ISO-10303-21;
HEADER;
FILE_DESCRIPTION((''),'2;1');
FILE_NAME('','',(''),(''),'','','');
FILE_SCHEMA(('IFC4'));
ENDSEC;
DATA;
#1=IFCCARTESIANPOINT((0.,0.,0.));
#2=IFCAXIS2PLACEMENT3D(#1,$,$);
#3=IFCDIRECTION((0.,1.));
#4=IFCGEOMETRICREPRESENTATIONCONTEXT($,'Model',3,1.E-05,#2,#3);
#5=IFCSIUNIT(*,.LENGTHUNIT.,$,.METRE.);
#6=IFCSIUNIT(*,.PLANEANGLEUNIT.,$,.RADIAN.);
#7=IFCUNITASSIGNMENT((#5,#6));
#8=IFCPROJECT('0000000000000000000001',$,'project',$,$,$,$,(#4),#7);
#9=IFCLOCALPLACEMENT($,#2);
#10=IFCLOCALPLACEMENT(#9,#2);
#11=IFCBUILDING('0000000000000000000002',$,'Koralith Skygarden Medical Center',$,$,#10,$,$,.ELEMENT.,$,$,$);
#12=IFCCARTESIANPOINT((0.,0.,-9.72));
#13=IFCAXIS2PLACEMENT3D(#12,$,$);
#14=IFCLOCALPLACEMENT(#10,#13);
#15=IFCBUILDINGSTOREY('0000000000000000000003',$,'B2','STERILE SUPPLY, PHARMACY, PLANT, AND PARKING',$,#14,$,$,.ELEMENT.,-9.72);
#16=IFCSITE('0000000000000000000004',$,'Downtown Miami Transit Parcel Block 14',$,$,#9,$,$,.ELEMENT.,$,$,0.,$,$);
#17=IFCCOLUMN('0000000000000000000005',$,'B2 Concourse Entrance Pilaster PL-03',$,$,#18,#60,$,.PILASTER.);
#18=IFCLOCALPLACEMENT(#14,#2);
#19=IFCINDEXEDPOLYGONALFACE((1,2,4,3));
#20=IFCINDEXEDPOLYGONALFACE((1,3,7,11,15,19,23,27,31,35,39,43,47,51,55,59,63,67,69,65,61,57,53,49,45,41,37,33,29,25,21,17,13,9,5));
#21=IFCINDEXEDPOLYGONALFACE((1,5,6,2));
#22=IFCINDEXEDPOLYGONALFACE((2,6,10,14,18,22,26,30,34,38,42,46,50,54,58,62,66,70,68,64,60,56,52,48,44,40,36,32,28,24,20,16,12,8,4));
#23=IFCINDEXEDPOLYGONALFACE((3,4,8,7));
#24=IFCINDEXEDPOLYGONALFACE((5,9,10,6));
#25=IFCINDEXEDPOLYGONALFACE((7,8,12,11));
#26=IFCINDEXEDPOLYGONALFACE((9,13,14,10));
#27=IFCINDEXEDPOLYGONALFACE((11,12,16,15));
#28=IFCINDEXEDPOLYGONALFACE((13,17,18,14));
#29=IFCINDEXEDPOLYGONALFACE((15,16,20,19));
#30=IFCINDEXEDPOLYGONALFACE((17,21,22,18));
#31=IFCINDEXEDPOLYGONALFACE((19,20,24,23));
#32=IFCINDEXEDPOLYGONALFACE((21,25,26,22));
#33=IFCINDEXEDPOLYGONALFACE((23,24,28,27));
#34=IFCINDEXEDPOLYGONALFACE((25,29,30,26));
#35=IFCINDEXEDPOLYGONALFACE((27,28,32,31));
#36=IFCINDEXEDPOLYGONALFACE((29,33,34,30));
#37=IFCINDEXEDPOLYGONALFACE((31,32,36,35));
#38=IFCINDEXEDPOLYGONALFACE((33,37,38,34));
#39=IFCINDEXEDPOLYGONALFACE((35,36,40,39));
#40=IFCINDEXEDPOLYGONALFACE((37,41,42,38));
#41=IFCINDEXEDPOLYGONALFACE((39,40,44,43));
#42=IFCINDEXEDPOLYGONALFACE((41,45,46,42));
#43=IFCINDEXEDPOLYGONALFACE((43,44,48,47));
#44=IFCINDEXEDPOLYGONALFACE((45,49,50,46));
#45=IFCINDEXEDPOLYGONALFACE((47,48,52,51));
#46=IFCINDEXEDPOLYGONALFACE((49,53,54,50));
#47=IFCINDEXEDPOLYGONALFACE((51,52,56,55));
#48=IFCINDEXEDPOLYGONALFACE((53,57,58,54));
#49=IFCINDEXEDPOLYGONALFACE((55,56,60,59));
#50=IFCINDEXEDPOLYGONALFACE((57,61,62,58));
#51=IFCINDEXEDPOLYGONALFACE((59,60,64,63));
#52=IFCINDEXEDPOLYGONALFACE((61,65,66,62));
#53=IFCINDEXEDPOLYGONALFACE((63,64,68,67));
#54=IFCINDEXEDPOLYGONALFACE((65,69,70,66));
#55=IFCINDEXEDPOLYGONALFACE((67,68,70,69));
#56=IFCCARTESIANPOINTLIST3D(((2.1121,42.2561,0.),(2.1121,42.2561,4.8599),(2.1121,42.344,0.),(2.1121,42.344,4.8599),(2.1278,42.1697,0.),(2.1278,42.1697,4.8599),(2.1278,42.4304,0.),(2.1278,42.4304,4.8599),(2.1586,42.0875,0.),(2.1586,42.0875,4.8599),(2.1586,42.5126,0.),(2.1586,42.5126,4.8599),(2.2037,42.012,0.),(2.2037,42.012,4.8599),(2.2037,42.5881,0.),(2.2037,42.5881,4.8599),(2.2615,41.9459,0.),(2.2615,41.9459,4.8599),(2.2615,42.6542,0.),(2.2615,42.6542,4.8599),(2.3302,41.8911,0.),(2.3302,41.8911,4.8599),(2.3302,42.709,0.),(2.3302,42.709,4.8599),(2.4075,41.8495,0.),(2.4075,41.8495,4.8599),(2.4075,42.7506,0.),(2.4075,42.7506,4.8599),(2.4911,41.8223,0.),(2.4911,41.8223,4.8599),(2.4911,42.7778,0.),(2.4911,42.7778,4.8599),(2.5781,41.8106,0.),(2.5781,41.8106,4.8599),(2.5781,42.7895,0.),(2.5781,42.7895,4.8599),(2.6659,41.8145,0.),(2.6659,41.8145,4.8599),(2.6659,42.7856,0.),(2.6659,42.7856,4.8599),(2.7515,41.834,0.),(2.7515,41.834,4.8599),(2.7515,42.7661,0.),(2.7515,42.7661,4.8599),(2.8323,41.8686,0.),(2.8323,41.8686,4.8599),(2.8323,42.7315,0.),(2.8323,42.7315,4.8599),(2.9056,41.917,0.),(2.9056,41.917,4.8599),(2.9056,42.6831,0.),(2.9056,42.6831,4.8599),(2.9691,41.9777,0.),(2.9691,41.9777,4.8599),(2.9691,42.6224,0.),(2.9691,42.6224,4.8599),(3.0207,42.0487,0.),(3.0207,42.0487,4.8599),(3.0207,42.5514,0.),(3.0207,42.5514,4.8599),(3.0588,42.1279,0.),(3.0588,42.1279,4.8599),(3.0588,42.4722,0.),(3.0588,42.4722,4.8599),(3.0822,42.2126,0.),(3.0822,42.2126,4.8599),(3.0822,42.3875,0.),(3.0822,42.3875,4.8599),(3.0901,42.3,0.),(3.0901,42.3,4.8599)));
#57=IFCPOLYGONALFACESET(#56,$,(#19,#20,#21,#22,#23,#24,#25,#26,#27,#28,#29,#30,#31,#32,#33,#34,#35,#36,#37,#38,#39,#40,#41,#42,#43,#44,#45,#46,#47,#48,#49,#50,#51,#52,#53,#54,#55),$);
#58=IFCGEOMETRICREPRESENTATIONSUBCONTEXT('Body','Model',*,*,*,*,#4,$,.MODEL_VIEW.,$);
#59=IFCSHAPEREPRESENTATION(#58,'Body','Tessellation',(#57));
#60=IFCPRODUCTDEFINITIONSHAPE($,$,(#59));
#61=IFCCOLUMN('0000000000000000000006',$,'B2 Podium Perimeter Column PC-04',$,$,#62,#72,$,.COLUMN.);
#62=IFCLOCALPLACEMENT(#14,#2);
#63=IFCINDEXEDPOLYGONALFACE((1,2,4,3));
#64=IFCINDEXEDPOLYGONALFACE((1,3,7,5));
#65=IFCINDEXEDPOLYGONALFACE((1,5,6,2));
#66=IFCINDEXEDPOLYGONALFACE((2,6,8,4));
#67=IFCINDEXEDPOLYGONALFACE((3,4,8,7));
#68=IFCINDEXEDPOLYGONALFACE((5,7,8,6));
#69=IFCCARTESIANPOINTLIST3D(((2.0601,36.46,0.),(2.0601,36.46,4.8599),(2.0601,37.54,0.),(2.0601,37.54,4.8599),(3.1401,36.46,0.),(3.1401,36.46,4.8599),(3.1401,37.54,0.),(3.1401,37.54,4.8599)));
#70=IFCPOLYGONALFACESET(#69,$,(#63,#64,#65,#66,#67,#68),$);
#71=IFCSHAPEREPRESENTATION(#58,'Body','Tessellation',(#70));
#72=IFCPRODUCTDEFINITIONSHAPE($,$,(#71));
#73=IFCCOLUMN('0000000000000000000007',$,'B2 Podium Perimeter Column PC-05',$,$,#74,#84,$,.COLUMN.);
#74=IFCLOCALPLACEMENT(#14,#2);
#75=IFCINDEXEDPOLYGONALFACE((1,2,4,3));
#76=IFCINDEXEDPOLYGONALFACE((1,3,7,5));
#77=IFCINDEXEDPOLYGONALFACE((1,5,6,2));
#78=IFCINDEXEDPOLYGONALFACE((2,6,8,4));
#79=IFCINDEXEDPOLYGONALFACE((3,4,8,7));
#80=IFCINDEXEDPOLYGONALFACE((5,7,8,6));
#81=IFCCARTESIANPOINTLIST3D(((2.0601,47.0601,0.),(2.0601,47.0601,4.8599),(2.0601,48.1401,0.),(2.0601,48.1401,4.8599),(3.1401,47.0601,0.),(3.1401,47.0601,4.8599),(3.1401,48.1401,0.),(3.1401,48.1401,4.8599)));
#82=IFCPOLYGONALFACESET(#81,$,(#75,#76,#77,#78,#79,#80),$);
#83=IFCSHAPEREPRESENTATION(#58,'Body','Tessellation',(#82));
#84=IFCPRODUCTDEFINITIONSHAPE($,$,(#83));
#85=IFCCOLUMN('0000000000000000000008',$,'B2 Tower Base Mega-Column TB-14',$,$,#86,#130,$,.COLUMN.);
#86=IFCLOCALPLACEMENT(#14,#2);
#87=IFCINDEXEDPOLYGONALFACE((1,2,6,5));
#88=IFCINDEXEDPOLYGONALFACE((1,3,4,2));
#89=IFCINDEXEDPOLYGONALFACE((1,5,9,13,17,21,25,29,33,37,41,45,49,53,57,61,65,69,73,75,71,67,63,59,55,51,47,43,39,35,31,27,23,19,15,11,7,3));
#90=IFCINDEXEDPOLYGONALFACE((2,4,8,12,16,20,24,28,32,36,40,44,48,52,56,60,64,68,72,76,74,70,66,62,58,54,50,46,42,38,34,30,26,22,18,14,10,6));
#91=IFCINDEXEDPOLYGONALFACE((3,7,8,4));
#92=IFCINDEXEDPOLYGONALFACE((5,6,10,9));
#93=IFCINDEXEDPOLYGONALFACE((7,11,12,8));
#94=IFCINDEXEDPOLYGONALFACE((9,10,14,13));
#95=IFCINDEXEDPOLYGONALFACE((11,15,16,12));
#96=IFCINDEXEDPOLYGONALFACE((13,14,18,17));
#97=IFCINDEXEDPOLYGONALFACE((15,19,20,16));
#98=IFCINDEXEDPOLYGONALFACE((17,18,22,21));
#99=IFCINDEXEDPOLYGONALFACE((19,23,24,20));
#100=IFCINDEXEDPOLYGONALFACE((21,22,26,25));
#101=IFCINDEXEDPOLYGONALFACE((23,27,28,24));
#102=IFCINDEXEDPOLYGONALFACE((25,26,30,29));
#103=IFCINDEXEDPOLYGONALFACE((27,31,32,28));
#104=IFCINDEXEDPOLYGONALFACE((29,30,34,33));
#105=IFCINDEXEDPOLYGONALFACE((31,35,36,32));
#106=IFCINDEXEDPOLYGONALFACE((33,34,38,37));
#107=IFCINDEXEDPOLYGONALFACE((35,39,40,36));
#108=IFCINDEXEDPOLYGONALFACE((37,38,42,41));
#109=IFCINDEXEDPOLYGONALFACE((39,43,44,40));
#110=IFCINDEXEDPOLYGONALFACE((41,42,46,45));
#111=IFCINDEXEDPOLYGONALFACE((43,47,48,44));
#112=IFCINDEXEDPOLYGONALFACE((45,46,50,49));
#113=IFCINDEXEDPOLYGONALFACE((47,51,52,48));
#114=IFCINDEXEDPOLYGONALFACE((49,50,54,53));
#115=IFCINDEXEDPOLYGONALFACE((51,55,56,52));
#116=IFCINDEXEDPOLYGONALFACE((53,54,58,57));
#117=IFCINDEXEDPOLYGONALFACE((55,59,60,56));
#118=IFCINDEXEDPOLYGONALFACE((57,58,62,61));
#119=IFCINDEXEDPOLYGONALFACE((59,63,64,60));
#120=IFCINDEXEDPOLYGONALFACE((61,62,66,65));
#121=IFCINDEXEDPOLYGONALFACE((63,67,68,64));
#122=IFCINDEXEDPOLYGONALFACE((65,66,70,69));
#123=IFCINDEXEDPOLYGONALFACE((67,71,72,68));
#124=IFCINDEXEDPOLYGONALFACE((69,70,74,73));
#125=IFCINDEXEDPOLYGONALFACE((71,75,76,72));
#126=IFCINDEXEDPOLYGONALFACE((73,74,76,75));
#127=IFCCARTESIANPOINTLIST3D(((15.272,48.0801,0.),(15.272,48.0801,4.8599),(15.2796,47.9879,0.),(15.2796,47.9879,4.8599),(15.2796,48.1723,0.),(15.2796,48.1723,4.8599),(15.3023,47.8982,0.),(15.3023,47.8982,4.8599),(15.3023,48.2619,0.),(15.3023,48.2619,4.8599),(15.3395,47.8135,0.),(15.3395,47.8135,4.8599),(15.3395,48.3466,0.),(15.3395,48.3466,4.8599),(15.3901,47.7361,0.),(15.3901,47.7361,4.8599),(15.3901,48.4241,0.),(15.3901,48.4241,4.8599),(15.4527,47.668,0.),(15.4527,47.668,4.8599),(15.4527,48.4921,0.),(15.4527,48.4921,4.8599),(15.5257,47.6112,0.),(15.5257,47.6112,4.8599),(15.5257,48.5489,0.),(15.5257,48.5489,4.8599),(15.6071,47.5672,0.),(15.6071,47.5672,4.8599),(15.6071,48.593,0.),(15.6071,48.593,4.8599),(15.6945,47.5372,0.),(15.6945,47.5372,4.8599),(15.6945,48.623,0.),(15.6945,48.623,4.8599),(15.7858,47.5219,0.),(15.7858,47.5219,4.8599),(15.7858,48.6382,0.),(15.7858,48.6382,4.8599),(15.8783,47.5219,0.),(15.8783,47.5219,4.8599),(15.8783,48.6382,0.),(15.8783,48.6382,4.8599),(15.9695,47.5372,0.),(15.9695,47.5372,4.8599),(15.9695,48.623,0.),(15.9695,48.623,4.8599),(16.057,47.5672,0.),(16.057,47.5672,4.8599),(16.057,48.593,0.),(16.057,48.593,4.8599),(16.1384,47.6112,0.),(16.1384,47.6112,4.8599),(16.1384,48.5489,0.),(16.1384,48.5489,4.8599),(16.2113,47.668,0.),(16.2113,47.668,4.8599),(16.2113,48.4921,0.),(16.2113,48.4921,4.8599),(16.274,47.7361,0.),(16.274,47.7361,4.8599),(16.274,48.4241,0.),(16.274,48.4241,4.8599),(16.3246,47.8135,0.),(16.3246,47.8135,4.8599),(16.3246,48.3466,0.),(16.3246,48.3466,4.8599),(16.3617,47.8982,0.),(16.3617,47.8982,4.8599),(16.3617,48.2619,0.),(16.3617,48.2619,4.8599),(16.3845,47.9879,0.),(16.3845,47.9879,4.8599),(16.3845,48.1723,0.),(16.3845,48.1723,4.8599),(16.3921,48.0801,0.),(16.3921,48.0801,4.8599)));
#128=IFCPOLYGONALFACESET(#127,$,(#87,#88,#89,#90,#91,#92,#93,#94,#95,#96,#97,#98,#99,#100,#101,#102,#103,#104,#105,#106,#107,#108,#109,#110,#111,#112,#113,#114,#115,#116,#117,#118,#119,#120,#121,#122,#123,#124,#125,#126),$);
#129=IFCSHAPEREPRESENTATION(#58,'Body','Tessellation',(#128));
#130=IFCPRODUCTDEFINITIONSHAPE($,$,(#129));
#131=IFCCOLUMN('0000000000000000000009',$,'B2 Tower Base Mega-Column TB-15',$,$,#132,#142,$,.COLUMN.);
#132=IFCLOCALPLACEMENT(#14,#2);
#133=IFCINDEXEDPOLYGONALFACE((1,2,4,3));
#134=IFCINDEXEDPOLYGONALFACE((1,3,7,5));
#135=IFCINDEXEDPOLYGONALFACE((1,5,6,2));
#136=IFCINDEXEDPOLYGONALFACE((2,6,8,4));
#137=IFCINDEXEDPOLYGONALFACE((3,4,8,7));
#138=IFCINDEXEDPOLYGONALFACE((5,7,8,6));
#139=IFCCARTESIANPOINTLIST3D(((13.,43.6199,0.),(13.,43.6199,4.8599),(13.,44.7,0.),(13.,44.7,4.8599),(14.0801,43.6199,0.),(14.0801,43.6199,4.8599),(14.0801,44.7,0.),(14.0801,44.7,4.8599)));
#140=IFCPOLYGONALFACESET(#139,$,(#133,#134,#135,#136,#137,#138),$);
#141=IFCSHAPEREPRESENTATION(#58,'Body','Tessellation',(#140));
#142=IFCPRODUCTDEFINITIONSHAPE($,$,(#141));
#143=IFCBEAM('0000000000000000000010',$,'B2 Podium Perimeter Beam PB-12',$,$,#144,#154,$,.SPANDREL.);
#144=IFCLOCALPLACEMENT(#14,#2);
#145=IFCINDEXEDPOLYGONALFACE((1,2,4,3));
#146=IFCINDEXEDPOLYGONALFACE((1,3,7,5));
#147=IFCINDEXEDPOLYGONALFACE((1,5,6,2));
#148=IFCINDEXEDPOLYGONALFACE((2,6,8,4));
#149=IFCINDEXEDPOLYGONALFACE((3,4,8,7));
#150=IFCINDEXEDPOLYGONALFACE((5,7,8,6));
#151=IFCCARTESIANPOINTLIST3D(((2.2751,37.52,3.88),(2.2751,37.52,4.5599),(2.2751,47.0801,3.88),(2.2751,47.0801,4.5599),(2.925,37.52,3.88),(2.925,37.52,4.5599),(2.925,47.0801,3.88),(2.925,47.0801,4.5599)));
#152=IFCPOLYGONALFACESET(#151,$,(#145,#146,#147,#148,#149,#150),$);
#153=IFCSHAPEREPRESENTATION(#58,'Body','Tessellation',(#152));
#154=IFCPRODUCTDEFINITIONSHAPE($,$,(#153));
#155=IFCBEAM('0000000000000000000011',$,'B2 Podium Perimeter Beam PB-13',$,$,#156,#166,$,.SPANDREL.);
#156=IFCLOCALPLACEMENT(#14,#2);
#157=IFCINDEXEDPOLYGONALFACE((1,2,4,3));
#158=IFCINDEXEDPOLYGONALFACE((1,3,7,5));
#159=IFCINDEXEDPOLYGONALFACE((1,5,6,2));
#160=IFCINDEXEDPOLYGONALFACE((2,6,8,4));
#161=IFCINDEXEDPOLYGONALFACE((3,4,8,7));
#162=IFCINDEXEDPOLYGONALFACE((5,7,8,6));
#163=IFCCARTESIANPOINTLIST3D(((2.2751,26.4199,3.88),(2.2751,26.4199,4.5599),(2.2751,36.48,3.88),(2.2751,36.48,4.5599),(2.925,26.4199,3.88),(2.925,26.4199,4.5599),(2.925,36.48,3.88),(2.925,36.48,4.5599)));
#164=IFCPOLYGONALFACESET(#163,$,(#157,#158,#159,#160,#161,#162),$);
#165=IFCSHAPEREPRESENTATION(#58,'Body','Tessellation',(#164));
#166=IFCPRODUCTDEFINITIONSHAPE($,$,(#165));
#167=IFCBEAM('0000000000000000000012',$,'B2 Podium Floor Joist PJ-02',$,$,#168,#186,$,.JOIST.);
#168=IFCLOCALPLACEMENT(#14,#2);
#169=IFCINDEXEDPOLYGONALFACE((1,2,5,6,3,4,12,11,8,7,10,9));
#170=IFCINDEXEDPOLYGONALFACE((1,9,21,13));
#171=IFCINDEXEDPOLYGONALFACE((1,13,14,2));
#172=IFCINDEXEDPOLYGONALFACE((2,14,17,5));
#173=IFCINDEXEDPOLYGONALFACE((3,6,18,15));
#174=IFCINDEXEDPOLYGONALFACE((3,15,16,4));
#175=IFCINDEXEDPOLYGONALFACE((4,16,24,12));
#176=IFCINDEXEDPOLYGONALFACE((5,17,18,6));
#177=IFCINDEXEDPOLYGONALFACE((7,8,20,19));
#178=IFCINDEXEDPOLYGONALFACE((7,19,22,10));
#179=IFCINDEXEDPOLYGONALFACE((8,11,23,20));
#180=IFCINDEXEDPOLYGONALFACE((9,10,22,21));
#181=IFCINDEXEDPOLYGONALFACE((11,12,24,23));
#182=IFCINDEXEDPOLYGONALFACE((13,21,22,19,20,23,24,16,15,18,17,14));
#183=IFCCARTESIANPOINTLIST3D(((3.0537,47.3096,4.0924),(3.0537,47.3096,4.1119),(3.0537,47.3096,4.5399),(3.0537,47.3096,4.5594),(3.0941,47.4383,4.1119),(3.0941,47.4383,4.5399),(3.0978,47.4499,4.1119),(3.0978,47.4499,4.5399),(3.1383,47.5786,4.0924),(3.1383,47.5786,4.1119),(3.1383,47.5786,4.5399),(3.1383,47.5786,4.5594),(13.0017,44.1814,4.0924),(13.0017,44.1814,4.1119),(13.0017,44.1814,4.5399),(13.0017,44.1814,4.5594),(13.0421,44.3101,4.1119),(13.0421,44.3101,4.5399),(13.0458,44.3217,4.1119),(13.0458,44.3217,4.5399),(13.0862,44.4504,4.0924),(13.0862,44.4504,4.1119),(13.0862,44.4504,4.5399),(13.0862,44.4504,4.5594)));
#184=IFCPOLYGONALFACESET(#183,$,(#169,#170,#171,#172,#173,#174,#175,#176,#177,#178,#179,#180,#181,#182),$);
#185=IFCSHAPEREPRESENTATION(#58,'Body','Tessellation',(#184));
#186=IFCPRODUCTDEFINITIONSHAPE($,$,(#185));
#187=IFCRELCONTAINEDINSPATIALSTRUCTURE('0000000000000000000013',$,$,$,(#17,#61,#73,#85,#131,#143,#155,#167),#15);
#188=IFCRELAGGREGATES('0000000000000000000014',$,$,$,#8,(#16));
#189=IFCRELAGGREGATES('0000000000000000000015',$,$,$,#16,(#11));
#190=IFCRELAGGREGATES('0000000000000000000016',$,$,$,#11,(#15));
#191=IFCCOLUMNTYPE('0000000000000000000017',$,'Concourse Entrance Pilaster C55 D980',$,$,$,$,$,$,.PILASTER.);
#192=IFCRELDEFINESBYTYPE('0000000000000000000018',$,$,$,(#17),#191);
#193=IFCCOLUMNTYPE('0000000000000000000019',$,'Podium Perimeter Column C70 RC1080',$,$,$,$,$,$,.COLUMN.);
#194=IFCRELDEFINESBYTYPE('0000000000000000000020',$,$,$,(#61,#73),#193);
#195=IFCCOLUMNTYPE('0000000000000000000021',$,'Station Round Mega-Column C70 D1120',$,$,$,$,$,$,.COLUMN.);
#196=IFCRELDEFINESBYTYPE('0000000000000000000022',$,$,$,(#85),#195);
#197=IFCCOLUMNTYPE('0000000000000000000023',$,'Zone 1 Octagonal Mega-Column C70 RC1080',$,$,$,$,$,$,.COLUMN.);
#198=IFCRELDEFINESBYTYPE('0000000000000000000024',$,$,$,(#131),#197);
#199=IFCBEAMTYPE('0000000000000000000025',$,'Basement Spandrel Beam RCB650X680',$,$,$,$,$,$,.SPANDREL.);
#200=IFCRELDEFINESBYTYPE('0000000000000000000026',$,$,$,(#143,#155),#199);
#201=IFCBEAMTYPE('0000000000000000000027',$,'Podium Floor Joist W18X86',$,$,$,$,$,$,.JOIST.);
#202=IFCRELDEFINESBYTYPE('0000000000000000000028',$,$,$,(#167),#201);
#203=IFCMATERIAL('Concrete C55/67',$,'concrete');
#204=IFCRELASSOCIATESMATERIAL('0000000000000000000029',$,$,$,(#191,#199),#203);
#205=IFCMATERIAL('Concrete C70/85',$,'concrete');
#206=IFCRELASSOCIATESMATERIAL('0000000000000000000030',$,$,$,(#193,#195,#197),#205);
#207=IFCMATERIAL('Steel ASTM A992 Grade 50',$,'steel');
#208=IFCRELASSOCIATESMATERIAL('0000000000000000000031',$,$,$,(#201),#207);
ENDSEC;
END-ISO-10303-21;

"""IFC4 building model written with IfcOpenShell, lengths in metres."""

from ifc_helpers import new_model, si_unit, direction, frame, origin, origin_2d, place, context, subcontext, project, spatial, rectangle, circle, i_section, extrude, material, material_profile, profile_set, type_object, element, save


model = new_model("IFC4")

# Units and contexts
model_context = context("Model", 3, precision=1e-05, world=origin(), true_north=direction((0.0, 1.0)))
body_context = subcontext(model_context, "Body", "Model", "MODEL_VIEW")
ifc_project = project(units=[si_unit("LENGTHUNIT", "METRE"), si_unit("PLANEANGLEUNIT", "RADIAN")], contexts=[model_context])

# Site, building, storey
site_placement = place(None, origin())
site = spatial("IfcSite", under=ifc_project, at=site_placement, Name="Downtown Miami Transit Parcel Block 14", CompositionType="ELEMENT", RefElevation=0.0)
building_placement = place(site_placement, origin())
building = spatial("IfcBuilding", under=site, at=building_placement, Name="Koralith Skygarden Medical Center", CompositionType="ELEMENT")
storey_placement = place(building_placement, frame((0.0, 0.0, -9.72)))
storey = spatial("IfcBuildingStorey", under=building, at=storey_placement, Name="B2", Description="STERILE SUPPLY, PHARMACY, PLANT, AND PARKING", CompositionType="ELEMENT", Elevation=-9.72)

# Shared definitions
ifc_material_1 = material(Name="Concrete C55/67", Category="concrete")

# Columns
ifc_material_profile_1 = material_profile(ifc_material_1, circle(Radius=0.49, at=origin_2d()), Name="RCCOL980")
ifc_profile_set_1 = profile_set([ifc_material_profile_1], Name="Concrete C55/67")
column_type_1 = type_object("IfcColumnType", Name="Concourse Entrance Pilaster C55 D980", PredefinedType="PILASTER", material=ifc_profile_set_1)
column_1_placement = place(storey_placement, frame((2.6001, 42.3, 0.0), z_axis=(0.0, 0.0, 1.0), x_axis=(1.0, 0.0, 0.0)))
element("IfcColumn", 1, at=column_1_placement, inside=storey, type_object=column_type_1, Name="B2 Concourse Entrance Pilaster PL-03", PredefinedType="PILASTER", context=body_context, shape_type="SweptSolid", body=[
    extrude(circle(Radius=0.49, at=origin_2d()), origin(), (0.0, 0.0, 1.0), 4.8599),
])
ifc_material_2 = material(Name="Concrete C70/85", Category="concrete")
ifc_material_profile_2 = material_profile(ifc_material_2, rectangle(XDim=1.0801, YDim=1.0801, at=origin_2d()), Name="RC1080X1080")
ifc_profile_set_2 = profile_set([ifc_material_profile_2], Name="Concrete C70/85")
column_type_2 = type_object("IfcColumnType", Name="Podium Perimeter Column C70 RC1080", PredefinedType="COLUMN", material=ifc_profile_set_2)
for number, where, z_axis, x_axis, name in (
    (2, (2.6001, 37.0, 0.0), (0.0, 0.0, 1.0), (1.0, 0.0, 0.0), "B2 Podium Perimeter Column PC-04"),
    (3, (2.6001, 47.6001, 0.0), (0.0, 0.0, 1.0), (1.0, 0.0, 0.0), "B2 Podium Perimeter Column PC-05"),
):
    element("IfcColumn", number, at=place(storey_placement, frame(where, z_axis=z_axis, x_axis=x_axis)), inside=storey, type_object=column_type_2, Name=name, PredefinedType="COLUMN", context=body_context, shape_type="SweptSolid", body=[
        extrude(rectangle(XDim=1.0801, YDim=1.0801, at=origin_2d()), origin(), (0.0, 0.0, 1.0), 4.8599),
    ])
ifc_material_profile_3 = material_profile(ifc_material_2, circle(Radius=0.5601, at=origin_2d()), Name="RCCOL1120")
ifc_profile_set_3 = profile_set([ifc_material_profile_3], Name="Concrete C70/85")
column_type_3 = type_object("IfcColumnType", Name="Station Round Mega-Column C70 D1120", PredefinedType="COLUMN", material=ifc_profile_set_3)
column_2_placement = place(storey_placement, frame((15.832, 48.0801, 0.0), z_axis=(0.0, 0.0, 1.0), x_axis=(1.0, 0.0, 0.0)))
element("IfcColumn", 4, at=column_2_placement, inside=storey, type_object=column_type_3, Name="B2 Tower Base Mega-Column TB-14", PredefinedType="COLUMN", context=body_context, shape_type="SweptSolid", body=[
    extrude(circle(Radius=0.5601, at=origin_2d()), origin(), (0.0, 0.0, 1.0), 4.8599),
])
ifc_material_profile_4 = material_profile(ifc_material_2, rectangle(XDim=1.0801, YDim=1.0801, at=origin_2d()), Name="RC1080X1080")
ifc_profile_set_4 = profile_set([ifc_material_profile_4], Name="Concrete C70/85")
column_type_4 = type_object("IfcColumnType", Name="Zone 1 Octagonal Mega-Column C70 RC1080", PredefinedType="COLUMN", material=ifc_profile_set_4)
column_3_placement = place(storey_placement, frame((13.54, 44.1599, 0.0), z_axis=(0.0, 0.0, 1.0), x_axis=(1.0, 0.0, 0.0)))
element("IfcColumn", 5, at=column_3_placement, inside=storey, type_object=column_type_4, Name="B2 Tower Base Mega-Column TB-15", PredefinedType="COLUMN", context=body_context, shape_type="SweptSolid", body=[
    extrude(rectangle(XDim=1.0801, YDim=1.0801, at=origin_2d()), origin(), (0.0, 0.0, 1.0), 4.8599),
])

# Beams
ifc_material_profile_5 = material_profile(ifc_material_1, rectangle(XDim=0.6499, YDim=0.6799, at=origin_2d()), Name="RCB650X680")
ifc_profile_set_5 = profile_set([ifc_material_profile_5], Name="Concrete C55/67")
beam_type_1 = type_object("IfcBeamType", Name="Basement Spandrel Beam RCB650X680", PredefinedType="SPANDREL", material=ifc_profile_set_5)
beam_1_placement = place(storey_placement, frame((2.6001, 47.0801, 4.22), z_axis=(0.0, -1.0, 0.0), x_axis=(1.0, 0.0, 0.0)))
element("IfcBeam", 6, at=beam_1_placement, inside=storey, type_object=beam_type_1, Name="B2 Podium Perimeter Beam PB-12", PredefinedType="SPANDREL", context=body_context, shape_type="SweptSolid", body=[
    extrude(rectangle(XDim=0.6499, YDim=0.6799, at=origin_2d()), origin(), (0.0, 0.0, 1.0), 9.5601),
])
beam_2_placement = place(storey_placement, frame((2.6001, 36.48, 4.22), z_axis=(0.0, -1.0, 0.0), x_axis=(1.0, 0.0, 0.0)))
element("IfcBeam", 7, at=beam_2_placement, inside=storey, type_object=beam_type_1, Name="B2 Podium Perimeter Beam PB-13", PredefinedType="SPANDREL", context=body_context, shape_type="SweptSolid", body=[
    extrude(rectangle(XDim=0.6499, YDim=0.6799, at=origin_2d()), origin(), (0.0, 0.0, 1.0), 10.0601),
])
ifc_material_3 = material(Name="Steel ASTM A992 Grade 50", Category="steel")
ifc_material_profile_6 = material_profile(ifc_material_3, i_section(OverallWidth=0.282, OverallDepth=0.467, WebThickness=0.0122, FlangeThickness=0.0195, at=origin_2d()), Name="W18X86")
ifc_profile_set_6 = profile_set([ifc_material_profile_6], Name="Steel ASTM A992 Grade 50")
beam_type_2 = type_object("IfcBeamType", Name="Podium Floor Joist W18X86", PredefinedType="JOIST", material=ifc_profile_set_6)
beam_3_placement = place(storey_placement, frame((13.0439, 44.3159, 4.3259), z_axis=(-0.953948, 0.299971, 0.0), x_axis=(-0.299971, -0.953948, 0.0)))
element("IfcBeam", 8, at=beam_3_placement, inside=storey, type_object=beam_type_2, Name="B2 Podium Floor Joist PJ-02", PredefinedType="JOIST", context=body_context, shape_type="SweptSolid", body=[
    extrude(i_section(OverallWidth=0.282, OverallDepth=0.467, WebThickness=0.0122, FlangeThickness=0.0195, at=origin_2d()), origin(), (0.0, 0.0, 1.0), 10.4282),
])

save(model, "model.ifc")
